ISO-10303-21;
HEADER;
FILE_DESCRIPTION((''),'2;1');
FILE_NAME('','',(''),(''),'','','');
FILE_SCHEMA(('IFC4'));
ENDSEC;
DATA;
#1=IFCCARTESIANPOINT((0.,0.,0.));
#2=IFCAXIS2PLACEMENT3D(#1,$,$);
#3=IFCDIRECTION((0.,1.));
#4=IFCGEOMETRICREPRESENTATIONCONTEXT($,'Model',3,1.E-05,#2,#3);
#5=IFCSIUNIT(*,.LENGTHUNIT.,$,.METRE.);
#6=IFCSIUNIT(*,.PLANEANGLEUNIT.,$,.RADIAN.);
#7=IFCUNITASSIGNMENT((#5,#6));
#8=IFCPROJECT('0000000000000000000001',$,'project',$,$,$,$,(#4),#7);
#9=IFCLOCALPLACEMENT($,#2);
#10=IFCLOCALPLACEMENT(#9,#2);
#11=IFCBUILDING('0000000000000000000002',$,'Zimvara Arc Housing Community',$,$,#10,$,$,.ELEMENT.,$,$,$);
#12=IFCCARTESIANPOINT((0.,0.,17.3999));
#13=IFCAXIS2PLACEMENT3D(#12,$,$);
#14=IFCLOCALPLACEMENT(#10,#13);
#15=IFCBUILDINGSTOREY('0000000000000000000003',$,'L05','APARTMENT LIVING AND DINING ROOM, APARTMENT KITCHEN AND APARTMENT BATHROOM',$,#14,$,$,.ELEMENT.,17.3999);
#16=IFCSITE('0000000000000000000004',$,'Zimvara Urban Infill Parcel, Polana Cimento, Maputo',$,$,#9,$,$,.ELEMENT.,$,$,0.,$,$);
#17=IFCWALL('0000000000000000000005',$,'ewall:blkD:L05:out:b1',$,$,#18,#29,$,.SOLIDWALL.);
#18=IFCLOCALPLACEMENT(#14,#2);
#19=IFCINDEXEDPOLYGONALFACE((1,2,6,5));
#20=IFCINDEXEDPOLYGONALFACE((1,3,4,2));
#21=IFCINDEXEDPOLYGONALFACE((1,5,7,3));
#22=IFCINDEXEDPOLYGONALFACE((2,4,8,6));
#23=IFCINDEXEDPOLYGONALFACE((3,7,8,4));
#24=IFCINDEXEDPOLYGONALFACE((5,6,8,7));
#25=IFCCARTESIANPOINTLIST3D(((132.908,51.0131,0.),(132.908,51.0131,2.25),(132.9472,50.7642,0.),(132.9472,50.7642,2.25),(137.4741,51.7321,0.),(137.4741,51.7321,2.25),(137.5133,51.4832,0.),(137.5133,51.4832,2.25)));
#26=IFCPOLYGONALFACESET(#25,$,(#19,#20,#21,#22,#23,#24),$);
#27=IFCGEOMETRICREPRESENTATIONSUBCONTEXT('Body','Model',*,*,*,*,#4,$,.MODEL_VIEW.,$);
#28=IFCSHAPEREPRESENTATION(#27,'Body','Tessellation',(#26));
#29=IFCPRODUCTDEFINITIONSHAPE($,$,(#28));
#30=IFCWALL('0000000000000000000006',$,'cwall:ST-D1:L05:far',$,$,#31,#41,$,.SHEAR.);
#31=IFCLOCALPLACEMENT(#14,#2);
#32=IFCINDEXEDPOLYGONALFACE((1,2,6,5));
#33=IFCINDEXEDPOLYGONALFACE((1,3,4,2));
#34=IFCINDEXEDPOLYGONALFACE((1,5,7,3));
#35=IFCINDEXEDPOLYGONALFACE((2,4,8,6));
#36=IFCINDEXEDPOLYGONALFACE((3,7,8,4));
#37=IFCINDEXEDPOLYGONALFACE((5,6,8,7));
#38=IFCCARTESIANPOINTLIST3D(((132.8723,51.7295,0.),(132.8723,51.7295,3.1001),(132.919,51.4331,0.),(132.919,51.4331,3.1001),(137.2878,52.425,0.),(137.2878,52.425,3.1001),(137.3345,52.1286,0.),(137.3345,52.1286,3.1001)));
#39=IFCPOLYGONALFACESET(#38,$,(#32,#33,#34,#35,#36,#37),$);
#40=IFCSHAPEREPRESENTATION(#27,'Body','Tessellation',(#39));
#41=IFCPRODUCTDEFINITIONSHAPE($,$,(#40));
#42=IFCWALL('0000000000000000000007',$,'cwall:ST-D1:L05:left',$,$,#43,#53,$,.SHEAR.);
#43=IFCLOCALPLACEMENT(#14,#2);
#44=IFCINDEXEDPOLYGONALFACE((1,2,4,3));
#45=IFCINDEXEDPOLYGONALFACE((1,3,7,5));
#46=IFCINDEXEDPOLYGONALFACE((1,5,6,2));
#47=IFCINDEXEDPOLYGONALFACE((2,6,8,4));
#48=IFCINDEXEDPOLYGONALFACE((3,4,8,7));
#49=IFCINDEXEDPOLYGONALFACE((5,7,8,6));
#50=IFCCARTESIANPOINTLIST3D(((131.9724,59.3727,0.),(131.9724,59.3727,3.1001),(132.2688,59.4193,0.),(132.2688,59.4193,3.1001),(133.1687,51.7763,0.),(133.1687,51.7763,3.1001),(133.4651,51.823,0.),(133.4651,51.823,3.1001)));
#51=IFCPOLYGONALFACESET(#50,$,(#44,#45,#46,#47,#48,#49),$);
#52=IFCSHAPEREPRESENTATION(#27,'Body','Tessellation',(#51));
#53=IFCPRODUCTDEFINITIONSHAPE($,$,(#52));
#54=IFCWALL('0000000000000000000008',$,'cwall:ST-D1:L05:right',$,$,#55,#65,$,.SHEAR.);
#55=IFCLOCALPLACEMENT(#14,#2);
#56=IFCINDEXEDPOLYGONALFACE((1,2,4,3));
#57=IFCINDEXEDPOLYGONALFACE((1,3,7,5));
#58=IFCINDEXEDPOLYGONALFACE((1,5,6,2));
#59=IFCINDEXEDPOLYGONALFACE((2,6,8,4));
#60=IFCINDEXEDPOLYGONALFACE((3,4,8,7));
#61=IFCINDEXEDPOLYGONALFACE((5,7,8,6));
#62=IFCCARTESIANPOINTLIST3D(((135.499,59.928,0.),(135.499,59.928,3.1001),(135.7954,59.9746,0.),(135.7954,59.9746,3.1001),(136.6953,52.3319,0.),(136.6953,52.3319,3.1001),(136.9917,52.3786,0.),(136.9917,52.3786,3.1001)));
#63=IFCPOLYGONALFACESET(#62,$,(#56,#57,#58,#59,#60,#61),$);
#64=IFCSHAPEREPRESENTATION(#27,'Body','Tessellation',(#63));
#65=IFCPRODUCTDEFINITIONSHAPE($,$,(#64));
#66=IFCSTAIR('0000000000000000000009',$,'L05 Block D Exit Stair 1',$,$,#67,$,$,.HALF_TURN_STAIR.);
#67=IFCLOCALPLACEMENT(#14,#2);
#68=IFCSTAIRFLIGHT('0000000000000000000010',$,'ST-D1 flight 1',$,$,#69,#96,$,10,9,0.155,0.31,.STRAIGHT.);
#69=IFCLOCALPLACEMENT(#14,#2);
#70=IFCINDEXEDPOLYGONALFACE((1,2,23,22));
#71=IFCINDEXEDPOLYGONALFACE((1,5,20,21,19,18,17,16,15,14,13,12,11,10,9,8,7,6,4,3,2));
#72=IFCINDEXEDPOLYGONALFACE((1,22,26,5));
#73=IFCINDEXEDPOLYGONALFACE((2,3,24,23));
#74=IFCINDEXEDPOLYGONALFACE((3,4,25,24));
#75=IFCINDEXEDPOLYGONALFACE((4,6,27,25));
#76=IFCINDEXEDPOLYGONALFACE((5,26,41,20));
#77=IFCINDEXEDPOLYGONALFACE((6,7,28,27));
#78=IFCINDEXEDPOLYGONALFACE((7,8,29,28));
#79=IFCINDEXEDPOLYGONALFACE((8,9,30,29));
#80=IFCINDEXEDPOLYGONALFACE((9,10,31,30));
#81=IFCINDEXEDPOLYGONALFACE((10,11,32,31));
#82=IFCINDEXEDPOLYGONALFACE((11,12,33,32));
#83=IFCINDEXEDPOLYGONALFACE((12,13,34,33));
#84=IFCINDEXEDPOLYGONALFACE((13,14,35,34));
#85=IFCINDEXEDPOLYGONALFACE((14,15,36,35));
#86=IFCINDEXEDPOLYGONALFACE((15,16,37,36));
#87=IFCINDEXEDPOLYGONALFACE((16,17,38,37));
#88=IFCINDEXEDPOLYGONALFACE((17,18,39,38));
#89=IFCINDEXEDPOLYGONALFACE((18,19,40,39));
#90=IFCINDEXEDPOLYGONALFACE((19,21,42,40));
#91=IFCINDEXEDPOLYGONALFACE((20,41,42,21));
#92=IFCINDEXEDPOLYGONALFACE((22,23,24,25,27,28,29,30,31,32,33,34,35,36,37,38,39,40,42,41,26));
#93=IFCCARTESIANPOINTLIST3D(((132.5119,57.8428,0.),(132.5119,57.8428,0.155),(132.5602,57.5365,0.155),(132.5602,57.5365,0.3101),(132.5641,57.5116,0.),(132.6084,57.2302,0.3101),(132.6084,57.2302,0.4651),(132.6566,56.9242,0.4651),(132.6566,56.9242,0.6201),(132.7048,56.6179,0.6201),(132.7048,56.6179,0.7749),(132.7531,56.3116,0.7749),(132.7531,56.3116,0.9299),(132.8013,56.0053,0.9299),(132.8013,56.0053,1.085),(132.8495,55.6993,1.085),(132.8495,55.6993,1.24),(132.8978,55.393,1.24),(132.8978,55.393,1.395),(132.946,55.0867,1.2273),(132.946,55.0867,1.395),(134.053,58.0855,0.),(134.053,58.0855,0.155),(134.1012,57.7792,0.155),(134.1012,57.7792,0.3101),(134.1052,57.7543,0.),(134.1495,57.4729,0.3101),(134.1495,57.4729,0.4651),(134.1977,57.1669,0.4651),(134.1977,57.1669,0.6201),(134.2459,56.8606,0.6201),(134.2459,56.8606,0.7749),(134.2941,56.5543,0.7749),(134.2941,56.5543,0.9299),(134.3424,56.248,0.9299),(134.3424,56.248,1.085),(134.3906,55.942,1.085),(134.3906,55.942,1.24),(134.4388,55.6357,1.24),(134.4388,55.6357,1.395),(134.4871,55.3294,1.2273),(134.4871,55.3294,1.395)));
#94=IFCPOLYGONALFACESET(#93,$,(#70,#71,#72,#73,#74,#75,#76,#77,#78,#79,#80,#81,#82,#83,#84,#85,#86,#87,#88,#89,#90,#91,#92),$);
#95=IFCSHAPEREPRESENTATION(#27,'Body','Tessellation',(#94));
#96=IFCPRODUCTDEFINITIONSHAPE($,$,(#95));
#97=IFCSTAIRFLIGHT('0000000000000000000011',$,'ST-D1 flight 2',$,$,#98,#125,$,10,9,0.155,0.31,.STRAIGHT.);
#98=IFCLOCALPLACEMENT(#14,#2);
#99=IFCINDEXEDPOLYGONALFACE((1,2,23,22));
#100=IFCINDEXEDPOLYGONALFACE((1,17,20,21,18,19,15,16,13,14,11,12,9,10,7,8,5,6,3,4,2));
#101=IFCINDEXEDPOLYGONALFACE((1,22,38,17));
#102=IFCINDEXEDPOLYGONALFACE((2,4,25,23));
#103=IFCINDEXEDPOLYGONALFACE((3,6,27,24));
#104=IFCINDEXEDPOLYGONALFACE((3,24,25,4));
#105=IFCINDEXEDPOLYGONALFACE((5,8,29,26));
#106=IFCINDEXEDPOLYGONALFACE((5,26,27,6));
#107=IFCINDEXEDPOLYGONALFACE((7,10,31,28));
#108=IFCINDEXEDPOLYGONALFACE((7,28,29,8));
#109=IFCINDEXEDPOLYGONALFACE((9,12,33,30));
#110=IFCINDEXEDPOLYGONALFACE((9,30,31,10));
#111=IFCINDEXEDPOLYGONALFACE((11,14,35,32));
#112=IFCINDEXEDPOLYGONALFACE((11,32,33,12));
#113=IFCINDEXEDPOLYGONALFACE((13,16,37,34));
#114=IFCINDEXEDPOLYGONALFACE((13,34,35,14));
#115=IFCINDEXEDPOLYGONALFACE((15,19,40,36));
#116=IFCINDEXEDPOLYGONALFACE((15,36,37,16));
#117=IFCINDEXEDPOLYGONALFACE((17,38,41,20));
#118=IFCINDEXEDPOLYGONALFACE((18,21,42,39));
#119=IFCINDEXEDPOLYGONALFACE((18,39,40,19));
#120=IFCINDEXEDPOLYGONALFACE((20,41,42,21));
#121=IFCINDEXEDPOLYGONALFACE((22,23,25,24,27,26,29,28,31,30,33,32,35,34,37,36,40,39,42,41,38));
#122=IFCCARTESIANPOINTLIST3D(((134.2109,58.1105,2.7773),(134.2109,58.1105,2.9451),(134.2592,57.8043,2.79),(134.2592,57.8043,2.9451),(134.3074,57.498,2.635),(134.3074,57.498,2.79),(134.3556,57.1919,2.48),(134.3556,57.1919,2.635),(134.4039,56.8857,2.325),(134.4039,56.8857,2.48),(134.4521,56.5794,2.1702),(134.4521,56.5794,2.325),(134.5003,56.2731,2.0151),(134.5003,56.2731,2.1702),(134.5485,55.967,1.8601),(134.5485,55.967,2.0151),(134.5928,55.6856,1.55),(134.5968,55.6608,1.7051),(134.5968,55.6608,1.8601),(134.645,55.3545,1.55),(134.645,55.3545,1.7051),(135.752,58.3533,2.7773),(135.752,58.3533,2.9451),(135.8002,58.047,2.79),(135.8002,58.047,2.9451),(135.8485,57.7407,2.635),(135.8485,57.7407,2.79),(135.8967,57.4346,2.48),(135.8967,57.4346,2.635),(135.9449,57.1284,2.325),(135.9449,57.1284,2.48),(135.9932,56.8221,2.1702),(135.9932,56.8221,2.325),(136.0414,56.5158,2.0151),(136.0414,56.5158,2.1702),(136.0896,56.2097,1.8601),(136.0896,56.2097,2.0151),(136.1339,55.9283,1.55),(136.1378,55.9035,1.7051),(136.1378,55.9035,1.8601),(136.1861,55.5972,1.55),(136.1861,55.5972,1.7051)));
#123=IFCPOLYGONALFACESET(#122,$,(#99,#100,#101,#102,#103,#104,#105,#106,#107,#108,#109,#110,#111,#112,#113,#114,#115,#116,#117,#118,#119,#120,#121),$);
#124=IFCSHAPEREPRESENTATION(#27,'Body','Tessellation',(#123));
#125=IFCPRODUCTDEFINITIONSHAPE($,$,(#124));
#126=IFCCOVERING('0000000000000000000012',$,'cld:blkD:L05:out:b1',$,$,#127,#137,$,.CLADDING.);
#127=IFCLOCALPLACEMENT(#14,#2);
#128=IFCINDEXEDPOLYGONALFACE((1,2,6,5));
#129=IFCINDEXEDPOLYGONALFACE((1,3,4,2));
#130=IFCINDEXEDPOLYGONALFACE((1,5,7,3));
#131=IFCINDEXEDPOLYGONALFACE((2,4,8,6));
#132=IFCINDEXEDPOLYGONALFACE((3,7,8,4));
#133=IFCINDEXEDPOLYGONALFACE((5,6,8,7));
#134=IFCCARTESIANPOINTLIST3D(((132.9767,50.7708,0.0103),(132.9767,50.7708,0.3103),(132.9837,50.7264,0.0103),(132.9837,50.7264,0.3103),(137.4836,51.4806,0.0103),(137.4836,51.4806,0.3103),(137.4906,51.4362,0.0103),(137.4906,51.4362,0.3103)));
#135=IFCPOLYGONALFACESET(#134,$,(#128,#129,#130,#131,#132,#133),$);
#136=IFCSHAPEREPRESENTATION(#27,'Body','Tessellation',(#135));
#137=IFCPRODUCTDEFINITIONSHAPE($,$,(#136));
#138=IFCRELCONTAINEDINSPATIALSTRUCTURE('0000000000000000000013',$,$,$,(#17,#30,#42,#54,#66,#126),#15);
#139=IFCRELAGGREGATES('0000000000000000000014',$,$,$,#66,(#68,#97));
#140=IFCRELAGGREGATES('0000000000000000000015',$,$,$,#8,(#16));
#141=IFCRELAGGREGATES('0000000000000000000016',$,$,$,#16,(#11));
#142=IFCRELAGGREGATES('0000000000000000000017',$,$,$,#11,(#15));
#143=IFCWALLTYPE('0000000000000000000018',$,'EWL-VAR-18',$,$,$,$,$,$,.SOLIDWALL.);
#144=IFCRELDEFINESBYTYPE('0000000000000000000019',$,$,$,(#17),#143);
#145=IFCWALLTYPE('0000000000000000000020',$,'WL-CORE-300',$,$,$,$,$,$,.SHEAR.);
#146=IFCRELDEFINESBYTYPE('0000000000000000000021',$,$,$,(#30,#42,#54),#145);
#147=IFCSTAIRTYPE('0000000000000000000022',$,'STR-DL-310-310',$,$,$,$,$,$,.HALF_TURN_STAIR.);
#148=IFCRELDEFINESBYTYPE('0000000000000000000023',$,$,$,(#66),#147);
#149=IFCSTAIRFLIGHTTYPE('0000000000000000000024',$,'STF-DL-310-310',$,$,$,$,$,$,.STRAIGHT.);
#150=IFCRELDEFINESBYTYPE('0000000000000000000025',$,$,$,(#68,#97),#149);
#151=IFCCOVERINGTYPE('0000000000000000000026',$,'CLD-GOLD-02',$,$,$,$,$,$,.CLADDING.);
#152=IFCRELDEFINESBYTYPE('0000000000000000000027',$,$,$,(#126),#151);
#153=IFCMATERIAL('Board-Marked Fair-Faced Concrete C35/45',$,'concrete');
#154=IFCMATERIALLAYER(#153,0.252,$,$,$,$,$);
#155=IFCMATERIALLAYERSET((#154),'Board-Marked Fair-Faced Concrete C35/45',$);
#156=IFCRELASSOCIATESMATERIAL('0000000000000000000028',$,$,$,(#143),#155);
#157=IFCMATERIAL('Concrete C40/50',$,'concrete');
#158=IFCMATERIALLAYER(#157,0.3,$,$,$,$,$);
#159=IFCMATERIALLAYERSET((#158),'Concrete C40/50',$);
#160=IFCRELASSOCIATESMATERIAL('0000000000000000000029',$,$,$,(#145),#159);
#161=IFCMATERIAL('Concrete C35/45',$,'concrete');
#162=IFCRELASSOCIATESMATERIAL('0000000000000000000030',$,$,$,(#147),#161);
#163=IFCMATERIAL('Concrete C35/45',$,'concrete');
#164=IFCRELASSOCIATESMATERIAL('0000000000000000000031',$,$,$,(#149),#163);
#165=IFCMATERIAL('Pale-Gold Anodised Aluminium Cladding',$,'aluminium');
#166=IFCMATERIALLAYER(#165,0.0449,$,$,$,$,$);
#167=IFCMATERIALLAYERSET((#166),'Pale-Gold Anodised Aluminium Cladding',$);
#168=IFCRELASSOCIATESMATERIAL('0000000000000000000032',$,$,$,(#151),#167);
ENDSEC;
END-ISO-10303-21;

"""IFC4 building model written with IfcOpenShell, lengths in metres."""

from ifc_helpers import new_model, si_unit, direction, frame, frame_2d, origin, origin_2d, place, context, subcontext, project, spatial, polyline, rectangle, outline, extrude, material, layer, layer_set, type_object, element, aggregate, save


model = new_model("IFC4")

# Units and contexts
model_context = context("Model", 3, precision=1e-05, world=origin(), true_north=direction((0.0, 1.0)))
body_context = subcontext(model_context, "Body", "Model", "MODEL_VIEW")
ifc_project = project(units=[si_unit("LENGTHUNIT", "METRE"), si_unit("PLANEANGLEUNIT", "RADIAN")], contexts=[model_context])

# Site, building, storey
site_placement = place(None, origin())
site = spatial("IfcSite", under=ifc_project, at=site_placement, Name="Zimvara Urban Infill Parcel, Polana Cimento, Maputo", CompositionType="ELEMENT", RefElevation=0.0)
building_placement = place(site_placement, origin())
building = spatial("IfcBuilding", under=site, at=building_placement, Name="Zimvara Arc Housing Community", CompositionType="ELEMENT")
storey_placement = place(building_placement, frame((0.0, 0.0, 17.3999)))
storey = spatial("IfcBuildingStorey", under=building, at=storey_placement, Name="L05", Description="APARTMENT LIVING AND DINING ROOM, APARTMENT KITCHEN AND APARTMENT BATHROOM", CompositionType="ELEMENT", Elevation=17.3999)

# Wall
ifc_material_1 = material(Name="Board-Marked Fair-Faced Concrete C35/45", Category="concrete")
ifc_layer_1 = layer(ifc_material_1, 0.252)
ifc_layer_set_1 = layer_set([ifc_layer_1], Name="Board-Marked Fair-Faced Concrete C35/45")
wall_type_1 = type_object("IfcWallType", Name="EWL-VAR-18", PredefinedType="SOLIDWALL", material=ifc_layer_set_1)
wall_1_placement = place(storey_placement, frame((132.9277, 50.8887, 0.0), z_axis=(0.0, 0.0, 1.0), x_axis=(0.987829, 0.155545, 0.0)))
element("IfcWall", 1, at=wall_1_placement, inside=storey, type_object=wall_type_1, Name="ewall:blkD:L05:out:b1", PredefinedType="SOLIDWALL", context=body_context, shape_type="SweptSolid", body=[
    extrude(rectangle(XDim=4.6223, YDim=0.252, at=frame_2d((2.311, 0.0))), origin(), (0.0, 0.0, 1.0), 2.25),
])

# Shared definitions
ifc_material_2 = material(Name="Concrete C40/50", Category="concrete")
ifc_layer_2 = layer(ifc_material_2, 0.3)
ifc_layer_set_2 = layer_set([ifc_layer_2], Name="Concrete C40/50")
wall_type_2 = type_object("IfcWallType", Name="WL-CORE-300", PredefinedType="SHEAR", material=ifc_layer_set_2)

# Walls
wall_2_placement = place(storey_placement, frame((132.8958, 51.5813, 0.0), z_axis=(0.0, 0.0, 1.0), x_axis=(0.987819, 0.155606, 0.0)))
element("IfcWall", 2, at=wall_2_placement, inside=storey, type_object=wall_type_2, Name="cwall:ST-D1:L05:far", PredefinedType="SHEAR", context=body_context, shape_type="SweptSolid", body=[
    extrude(rectangle(XDim=4.47, YDim=0.3, at=frame_2d((2.2349, 0.0))), origin(), (0.0, 0.0, 1.0), 3.1001),
])
wall_3_placement = place(storey_placement, frame((132.1206, 59.396, 0.0), z_axis=(0.0, 0.0, 1.0), x_axis=(0.155563, -0.987826, 0.0)))
element("IfcWall", 3, at=wall_3_placement, inside=storey, type_object=wall_type_2, Name="cwall:ST-D1:L05:left", PredefinedType="SHEAR", context=body_context, shape_type="SweptSolid", body=[
    extrude(rectangle(XDim=7.6899, YDim=0.3, at=frame_2d((3.845, 0.0))), origin(), (0.0, 0.0, 1.0), 3.1001),
])
wall_4_placement = place(storey_placement, frame((135.6472, 59.9512, 0.0), z_axis=(0.0, 0.0, 1.0), x_axis=(0.155568, -0.987825, 0.0)))
element("IfcWall", 4, at=wall_4_placement, inside=storey, type_object=wall_type_2, Name="cwall:ST-D1:L05:right", PredefinedType="SHEAR", context=body_context, shape_type="SweptSolid", body=[
    extrude(rectangle(XDim=7.6897, YDim=0.3, at=frame_2d((3.8447, 0.0))), origin(), (0.0, 0.0, 1.0), 3.1001),
])

# Stair, stair flights
ifc_material_3 = material(Name="Concrete C35/45", Category="concrete")
stair_type = type_object("IfcStairType", Name="STR-DL-310-310", PredefinedType="HALF_TURN_STAIR", material=ifc_material_3)
stair_placement = place(storey_placement, origin())
stair = element("IfcStair", 5, at=stair_placement, inside=storey, type_object=stair_type, Name="L05 Block D Exit Stair 1", PredefinedType="HALF_TURN_STAIR")
ifc_material_4 = material(Name="Concrete C35/45", Category="concrete")
stair_flight_type = type_object("IfcStairFlightType", Name="STF-DL-310-310", PredefinedType="STRAIGHT", material=ifc_material_4)
stair_flight_1_placement = place(storey_placement, frame((133.2825, 57.9641, 0.0), z_axis=(0.0, 0.0, 1.0), x_axis=(0.155572, -0.987824, 0.0)))
stair_flight_1 = element("IfcStairFlight", 6, at=stair_flight_1_placement, type_object=stair_flight_type, Name="ST-D1 flight 1", NumberOfRisers=10, NumberOfTreads=9, PredefinedType="STRAIGHT", RiserHeight=0.155, TreadLength=0.31, context=body_context, shape_type="SweptSolid", body=[
    extrude(outline(polyline([(0.0, 0.0), (0.0, 0.155), (0.3101, 0.155), (0.3101, 0.3101), (0.6201, 0.3101), (0.6201, 0.4651), (0.9299, 0.4651), (0.9299, 0.6201), (1.24, 0.6201), (1.24, 0.7749), (1.55, 0.7749), (1.55, 0.9299), (1.8601, 0.9299), (1.8601, 1.085), (2.1699, 1.085), (2.1699, 1.24), (2.48, 1.24), (2.48, 1.395), (2.79, 1.395), (2.79, 1.55), (2.79, 1.2273), (0.3352, 0.0), (0.0, 0.0)])), frame((0.0, 0.78, 0.0), z_axis=(0.0, -1.0, 0.0), x_axis=(1.0, 0.0, 0.0)), (0.0, 0.0, 1.0), 1.5601),
])
stair_flight_2_placement = place(storey_placement, frame((135.4155, 55.4758, 1.55), z_axis=(0.0, 0.0, 1.0), x_axis=(-0.155572, 0.987824, 0.0)))
stair_flight_2 = element("IfcStairFlight", 7, at=stair_flight_2_placement, type_object=stair_flight_type, Name="ST-D1 flight 2", NumberOfRisers=10, NumberOfTreads=9, PredefinedType="STRAIGHT", RiserHeight=0.155, TreadLength=0.31, context=body_context, shape_type="SweptSolid", body=[
    extrude(outline(polyline([(0.0, 0.0), (0.0, 0.155), (0.3101, 0.155), (0.3101, 0.3101), (0.6201, 0.3101), (0.6201, 0.4651), (0.9299, 0.4651), (0.9299, 0.6201), (1.24, 0.6201), (1.24, 0.7749), (1.55, 0.7749), (1.55, 0.9299), (1.8601, 0.9299), (1.8601, 1.085), (2.1699, 1.085), (2.1699, 1.24), (2.48, 1.24), (2.48, 1.395), (2.79, 1.395), (2.79, 1.55), (2.79, 1.2273), (0.3352, 0.0), (0.0, 0.0)])), frame((0.0, 0.78, 0.0), z_axis=(0.0, -1.0, 0.0), x_axis=(1.0, 0.0, 0.0)), (0.0, 0.0, 1.0), 1.5601),
])
aggregate(stair, [stair_flight_1, stair_flight_2])

# Covering
ifc_material_5 = material(Name="Pale-Gold Anodised Aluminium Cladding", Category="aluminium")
ifc_layer_3 = layer(ifc_material_5, 0.0449)
ifc_layer_set_3 = layer_set([ifc_layer_3], Name="Pale-Gold Anodised Aluminium Cladding")
covering_type = type_object("IfcCoveringType", Name="CLD-GOLD-02", PredefinedType="CLADDING", material=ifc_layer_set_3)
covering_placement = place(storey_placement, frame((135.2336, 51.1035, 0.0103), z_axis=(0.0, 0.0, 1.0), x_axis=(0.987824, 0.155572, 0.0)))
element("IfcCovering", 8, at=covering_placement, inside=storey, type_object=covering_type, Name="cld:blkD:L05:out:b1", PredefinedType="CLADDING", context=body_context, shape_type="SweptSolid", body=[
    extrude(rectangle(XDim=4.5625, YDim=0.0449, at=origin_2d()), origin(), (0.0, 0.0, 1.0), 0.3),
])

save(model, "model.ifc")
